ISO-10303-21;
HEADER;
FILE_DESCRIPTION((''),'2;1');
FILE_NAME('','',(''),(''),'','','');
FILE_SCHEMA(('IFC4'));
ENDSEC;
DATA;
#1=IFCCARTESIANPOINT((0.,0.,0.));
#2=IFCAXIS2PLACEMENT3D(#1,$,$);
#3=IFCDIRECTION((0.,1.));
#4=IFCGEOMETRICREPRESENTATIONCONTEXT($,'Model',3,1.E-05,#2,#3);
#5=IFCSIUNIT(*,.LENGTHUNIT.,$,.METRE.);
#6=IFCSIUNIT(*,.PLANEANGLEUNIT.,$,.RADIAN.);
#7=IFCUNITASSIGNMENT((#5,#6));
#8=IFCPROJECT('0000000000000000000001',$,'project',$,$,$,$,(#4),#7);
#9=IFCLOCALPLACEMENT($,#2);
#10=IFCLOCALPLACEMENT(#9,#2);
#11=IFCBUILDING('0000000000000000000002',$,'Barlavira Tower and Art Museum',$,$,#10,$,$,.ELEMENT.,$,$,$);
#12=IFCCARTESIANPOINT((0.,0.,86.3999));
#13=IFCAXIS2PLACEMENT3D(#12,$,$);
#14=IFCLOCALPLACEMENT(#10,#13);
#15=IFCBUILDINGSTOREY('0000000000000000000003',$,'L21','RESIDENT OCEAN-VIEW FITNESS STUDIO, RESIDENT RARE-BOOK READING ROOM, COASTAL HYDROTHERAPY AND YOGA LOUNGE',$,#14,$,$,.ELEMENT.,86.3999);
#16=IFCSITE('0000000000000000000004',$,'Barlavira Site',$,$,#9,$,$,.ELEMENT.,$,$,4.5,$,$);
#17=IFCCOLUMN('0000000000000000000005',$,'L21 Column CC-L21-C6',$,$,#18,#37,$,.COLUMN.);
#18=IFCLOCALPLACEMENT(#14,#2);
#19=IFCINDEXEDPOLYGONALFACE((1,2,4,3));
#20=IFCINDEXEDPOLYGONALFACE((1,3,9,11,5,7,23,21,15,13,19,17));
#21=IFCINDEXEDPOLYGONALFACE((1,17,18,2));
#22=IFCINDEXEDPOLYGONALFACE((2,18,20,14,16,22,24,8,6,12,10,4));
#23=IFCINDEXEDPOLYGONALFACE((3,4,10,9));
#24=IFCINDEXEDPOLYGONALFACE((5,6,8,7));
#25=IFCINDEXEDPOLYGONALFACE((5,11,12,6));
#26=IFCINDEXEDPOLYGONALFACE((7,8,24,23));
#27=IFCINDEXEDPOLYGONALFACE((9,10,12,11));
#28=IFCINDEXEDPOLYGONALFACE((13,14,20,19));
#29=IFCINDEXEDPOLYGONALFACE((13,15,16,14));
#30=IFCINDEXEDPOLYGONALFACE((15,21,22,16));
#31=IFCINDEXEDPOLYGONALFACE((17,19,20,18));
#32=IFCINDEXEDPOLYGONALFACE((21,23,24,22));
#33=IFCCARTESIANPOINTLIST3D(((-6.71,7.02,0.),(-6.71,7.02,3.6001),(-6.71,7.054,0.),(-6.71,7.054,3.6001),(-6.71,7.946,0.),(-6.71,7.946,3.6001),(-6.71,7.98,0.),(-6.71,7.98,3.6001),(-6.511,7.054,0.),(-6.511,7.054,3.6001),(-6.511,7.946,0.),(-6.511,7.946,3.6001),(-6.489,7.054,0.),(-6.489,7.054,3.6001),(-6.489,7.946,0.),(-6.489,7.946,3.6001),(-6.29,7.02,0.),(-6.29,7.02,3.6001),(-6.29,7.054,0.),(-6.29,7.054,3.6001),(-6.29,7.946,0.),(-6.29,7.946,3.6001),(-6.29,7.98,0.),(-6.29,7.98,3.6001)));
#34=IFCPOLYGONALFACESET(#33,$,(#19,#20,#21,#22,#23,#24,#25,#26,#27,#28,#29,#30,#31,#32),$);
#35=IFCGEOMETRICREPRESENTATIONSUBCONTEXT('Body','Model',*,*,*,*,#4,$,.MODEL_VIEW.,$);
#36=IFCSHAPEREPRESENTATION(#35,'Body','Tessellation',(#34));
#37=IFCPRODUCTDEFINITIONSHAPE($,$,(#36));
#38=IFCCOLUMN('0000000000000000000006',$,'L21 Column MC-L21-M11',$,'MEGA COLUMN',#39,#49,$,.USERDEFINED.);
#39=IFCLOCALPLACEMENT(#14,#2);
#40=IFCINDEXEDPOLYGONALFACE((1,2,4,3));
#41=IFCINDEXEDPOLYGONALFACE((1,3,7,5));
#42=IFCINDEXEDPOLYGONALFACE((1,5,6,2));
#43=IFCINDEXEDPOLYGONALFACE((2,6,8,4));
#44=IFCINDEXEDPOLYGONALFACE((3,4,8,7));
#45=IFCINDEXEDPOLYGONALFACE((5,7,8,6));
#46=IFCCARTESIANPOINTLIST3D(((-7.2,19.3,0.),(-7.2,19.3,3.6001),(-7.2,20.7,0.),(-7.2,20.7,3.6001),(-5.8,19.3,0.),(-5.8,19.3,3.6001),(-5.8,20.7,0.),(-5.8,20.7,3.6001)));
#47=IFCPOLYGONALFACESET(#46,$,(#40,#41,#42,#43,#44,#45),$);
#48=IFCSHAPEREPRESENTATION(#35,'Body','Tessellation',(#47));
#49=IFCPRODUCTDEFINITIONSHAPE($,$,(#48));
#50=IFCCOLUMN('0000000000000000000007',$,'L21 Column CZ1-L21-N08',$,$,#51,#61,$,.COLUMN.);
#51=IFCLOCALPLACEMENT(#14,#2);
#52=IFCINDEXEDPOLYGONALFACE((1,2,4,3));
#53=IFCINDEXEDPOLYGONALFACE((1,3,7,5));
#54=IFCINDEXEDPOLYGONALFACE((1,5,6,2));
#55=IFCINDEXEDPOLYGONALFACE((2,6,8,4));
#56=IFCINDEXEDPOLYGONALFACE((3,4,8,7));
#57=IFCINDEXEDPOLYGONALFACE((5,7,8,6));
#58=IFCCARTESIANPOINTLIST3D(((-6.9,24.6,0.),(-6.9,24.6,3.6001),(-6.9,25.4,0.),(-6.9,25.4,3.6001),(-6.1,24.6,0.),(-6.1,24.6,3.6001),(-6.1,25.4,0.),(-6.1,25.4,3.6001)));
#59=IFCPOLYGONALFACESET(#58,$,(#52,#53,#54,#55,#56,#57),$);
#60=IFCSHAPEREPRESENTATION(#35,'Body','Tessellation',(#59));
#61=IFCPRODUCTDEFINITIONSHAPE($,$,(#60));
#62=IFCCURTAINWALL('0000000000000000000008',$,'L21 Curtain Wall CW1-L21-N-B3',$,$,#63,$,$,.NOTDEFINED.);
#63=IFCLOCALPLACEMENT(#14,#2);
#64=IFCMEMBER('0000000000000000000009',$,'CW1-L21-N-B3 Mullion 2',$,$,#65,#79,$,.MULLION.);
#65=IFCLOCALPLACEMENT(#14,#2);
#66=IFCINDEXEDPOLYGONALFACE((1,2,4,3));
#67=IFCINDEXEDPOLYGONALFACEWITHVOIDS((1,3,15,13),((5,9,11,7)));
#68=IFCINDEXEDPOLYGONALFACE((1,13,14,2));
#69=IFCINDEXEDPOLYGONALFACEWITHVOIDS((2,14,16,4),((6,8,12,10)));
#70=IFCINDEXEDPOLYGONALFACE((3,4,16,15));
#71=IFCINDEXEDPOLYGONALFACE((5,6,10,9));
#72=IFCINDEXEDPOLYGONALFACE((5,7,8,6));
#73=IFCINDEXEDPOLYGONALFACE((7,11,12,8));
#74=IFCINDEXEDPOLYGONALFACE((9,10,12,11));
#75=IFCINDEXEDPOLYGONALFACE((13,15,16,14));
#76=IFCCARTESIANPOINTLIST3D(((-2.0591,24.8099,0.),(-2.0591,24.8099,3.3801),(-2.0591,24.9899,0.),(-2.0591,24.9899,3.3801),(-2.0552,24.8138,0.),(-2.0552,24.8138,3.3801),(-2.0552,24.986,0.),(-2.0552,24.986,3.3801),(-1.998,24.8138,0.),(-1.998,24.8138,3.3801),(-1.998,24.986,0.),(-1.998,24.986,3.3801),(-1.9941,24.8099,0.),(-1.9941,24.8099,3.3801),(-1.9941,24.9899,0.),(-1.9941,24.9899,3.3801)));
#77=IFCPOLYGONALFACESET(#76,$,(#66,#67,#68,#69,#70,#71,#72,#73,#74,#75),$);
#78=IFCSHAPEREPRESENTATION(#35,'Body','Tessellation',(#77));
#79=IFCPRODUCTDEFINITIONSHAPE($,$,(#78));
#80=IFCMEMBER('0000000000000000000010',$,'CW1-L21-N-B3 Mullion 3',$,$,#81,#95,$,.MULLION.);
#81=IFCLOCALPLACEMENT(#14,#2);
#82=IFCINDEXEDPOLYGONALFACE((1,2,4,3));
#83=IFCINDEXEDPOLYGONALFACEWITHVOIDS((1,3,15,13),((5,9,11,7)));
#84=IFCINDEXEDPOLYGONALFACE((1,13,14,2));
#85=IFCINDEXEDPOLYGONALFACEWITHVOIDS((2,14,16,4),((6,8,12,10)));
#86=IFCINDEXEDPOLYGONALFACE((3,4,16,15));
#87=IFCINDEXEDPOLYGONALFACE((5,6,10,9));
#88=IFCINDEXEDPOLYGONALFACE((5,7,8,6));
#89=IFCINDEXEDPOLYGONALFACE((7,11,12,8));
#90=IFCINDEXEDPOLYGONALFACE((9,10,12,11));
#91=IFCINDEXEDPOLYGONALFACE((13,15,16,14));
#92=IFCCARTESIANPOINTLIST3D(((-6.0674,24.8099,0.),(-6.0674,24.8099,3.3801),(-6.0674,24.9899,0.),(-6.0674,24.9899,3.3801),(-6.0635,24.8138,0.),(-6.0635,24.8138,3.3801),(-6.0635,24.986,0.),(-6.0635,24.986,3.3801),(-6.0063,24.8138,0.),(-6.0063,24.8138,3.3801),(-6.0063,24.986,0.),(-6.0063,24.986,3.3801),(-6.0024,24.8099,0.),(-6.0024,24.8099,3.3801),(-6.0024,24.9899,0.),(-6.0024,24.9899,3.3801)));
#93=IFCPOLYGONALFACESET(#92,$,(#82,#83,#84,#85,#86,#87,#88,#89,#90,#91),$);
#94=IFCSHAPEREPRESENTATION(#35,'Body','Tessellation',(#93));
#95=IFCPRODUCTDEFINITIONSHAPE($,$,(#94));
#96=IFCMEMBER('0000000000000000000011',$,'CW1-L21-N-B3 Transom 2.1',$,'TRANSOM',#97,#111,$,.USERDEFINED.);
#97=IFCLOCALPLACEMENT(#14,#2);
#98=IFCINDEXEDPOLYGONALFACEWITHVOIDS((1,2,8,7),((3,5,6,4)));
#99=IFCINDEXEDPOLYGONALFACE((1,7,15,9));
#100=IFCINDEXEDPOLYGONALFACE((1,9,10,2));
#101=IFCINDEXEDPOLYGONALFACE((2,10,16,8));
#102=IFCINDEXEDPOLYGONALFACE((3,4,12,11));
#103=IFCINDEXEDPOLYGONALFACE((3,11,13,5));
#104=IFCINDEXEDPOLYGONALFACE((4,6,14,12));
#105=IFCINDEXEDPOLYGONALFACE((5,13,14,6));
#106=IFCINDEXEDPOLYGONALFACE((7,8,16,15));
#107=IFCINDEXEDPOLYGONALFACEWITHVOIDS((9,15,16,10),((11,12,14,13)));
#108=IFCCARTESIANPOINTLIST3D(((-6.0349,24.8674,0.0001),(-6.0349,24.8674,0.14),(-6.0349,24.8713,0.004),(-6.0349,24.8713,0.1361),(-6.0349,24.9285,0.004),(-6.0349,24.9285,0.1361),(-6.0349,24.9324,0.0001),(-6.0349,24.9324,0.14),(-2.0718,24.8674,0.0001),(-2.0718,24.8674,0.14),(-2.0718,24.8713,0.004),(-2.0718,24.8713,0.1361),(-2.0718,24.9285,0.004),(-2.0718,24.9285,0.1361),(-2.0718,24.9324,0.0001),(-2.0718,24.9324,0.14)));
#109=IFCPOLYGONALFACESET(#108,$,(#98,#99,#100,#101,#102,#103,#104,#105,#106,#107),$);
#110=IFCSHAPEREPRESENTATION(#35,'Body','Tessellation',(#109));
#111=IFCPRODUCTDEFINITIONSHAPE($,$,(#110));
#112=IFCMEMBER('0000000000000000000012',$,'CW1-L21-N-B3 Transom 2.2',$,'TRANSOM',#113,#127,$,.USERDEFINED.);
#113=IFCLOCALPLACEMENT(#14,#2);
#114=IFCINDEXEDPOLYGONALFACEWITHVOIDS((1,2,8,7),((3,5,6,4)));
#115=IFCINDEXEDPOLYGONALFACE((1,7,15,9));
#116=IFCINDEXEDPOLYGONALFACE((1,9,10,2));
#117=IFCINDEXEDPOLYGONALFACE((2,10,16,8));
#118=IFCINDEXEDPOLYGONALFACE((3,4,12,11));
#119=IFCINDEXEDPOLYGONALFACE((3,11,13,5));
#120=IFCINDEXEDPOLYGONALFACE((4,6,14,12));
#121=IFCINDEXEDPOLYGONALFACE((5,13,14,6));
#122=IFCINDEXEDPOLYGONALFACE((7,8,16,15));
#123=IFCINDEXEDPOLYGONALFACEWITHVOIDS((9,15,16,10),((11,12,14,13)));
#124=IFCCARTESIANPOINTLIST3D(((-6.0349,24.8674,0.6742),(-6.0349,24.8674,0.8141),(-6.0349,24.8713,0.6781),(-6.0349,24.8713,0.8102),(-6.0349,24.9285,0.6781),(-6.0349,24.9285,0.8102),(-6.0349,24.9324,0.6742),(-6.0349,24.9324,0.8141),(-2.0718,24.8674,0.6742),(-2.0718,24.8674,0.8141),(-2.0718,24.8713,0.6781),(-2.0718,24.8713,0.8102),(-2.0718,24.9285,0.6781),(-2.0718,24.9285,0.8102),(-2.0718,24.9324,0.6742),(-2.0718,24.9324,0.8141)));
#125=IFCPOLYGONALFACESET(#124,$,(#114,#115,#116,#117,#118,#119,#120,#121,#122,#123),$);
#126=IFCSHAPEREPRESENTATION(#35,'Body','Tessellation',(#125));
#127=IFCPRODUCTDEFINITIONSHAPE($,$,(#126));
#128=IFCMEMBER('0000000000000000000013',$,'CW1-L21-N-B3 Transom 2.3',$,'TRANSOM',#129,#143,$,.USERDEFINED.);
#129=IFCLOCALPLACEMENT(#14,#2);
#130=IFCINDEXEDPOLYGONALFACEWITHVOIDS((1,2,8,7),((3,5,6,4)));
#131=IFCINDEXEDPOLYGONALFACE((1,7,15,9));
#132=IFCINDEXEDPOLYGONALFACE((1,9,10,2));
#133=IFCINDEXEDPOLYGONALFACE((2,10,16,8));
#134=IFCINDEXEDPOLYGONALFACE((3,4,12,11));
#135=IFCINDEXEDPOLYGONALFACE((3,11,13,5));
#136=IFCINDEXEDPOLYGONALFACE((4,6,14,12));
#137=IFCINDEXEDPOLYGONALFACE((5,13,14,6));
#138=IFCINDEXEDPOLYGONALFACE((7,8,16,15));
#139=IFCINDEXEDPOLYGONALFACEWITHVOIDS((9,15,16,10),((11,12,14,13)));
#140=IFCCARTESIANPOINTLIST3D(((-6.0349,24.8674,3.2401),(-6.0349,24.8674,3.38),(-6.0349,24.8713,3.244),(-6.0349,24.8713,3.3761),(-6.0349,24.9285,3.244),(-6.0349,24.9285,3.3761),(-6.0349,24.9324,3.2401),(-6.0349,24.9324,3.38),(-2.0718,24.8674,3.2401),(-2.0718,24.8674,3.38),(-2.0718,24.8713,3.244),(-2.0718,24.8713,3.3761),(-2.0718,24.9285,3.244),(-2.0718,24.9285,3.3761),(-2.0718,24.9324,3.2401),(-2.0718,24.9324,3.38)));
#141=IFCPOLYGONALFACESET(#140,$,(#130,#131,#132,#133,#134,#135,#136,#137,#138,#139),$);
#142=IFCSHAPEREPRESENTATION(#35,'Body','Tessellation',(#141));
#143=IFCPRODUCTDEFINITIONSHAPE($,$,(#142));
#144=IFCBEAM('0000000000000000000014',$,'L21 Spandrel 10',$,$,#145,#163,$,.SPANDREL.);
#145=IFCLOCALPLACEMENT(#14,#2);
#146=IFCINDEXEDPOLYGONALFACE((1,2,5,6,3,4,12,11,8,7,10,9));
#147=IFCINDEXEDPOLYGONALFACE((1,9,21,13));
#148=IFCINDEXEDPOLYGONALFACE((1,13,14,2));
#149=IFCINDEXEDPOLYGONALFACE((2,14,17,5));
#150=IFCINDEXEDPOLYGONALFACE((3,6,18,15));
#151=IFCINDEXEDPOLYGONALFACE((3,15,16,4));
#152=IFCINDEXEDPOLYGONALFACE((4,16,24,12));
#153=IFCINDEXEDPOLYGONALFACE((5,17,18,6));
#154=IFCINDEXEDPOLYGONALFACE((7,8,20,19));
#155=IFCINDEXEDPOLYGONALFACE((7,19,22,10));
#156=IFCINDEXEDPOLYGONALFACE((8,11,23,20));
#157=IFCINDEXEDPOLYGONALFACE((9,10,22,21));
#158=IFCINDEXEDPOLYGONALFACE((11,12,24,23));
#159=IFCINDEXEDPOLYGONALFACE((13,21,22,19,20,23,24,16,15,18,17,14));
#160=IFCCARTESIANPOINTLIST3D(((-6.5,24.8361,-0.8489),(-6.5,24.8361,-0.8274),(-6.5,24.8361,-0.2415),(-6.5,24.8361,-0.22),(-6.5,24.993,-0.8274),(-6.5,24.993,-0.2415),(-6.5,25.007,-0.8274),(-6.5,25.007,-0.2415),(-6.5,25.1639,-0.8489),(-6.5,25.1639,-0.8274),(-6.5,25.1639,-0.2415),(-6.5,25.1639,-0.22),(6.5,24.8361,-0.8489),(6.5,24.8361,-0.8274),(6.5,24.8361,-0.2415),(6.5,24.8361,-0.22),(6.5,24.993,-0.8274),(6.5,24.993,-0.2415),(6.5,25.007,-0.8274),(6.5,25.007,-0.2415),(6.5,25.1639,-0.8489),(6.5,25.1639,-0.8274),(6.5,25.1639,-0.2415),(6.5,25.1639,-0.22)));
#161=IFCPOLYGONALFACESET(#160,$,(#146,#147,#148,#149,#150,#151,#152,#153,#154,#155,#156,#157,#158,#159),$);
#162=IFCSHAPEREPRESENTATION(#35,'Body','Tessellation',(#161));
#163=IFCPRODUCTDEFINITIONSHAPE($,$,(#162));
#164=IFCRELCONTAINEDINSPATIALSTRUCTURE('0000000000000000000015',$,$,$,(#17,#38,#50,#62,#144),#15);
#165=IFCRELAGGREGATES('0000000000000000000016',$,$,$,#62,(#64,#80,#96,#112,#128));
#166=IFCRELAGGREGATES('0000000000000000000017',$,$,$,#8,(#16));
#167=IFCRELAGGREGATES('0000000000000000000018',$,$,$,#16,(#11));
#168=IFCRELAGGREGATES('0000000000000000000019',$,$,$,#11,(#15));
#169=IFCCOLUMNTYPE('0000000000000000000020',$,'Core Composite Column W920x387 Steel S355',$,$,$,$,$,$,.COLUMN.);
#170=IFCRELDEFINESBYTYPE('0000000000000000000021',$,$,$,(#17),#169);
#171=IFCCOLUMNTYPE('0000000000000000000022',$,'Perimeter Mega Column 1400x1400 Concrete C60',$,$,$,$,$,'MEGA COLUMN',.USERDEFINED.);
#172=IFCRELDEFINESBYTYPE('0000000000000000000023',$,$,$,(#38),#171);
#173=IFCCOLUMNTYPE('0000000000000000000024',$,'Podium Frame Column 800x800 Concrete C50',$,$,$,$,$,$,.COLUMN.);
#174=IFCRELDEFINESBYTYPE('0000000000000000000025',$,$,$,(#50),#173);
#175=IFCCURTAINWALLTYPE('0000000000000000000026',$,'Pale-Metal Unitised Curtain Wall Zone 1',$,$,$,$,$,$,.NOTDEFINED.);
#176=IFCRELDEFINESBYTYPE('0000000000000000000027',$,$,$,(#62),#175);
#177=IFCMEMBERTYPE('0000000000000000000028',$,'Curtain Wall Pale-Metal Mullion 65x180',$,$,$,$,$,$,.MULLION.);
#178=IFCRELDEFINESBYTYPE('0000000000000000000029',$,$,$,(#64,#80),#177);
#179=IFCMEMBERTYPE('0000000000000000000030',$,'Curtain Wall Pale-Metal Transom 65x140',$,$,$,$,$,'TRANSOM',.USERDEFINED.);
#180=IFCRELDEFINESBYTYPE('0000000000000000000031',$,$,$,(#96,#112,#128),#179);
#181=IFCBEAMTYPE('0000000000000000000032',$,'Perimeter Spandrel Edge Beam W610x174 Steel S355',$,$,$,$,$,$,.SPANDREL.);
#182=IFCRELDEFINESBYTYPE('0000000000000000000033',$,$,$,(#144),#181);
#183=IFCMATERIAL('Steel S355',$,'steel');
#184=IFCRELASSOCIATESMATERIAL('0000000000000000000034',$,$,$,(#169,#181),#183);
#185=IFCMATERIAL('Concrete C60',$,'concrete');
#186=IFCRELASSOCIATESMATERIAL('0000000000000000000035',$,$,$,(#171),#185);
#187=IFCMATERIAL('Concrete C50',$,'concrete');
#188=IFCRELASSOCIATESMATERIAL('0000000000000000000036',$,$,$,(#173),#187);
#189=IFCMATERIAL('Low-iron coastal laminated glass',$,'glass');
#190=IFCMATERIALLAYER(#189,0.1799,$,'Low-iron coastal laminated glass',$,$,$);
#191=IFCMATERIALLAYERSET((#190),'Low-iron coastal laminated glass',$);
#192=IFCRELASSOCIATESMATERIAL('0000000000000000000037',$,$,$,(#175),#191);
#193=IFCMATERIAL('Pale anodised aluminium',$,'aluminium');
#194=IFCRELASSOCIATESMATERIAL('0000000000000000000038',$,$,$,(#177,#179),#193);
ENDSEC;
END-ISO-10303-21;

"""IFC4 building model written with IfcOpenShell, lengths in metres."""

from ifc_helpers import new_model, si_unit, direction, frame, origin, origin_2d, place, context, subcontext, project, spatial, rectangle, hollow_rectangle, i_section, extrude, material, layer, layer_set, material_profile, profile_set, type_object, element, aggregate, save


model = new_model("IFC4")

# Units and contexts
model_context = context("Model", 3, precision=1e-05, world=origin(), true_north=direction((0.0, 1.0)))
body_context = subcontext(model_context, "Body", "Model", "MODEL_VIEW")
ifc_project = project(units=[si_unit("LENGTHUNIT", "METRE"), si_unit("PLANEANGLEUNIT", "RADIAN")], contexts=[model_context])

# Site, building, storey
site_placement = place(None, origin())
site = spatial("IfcSite", under=ifc_project, at=site_placement, Name="Barlavira Site", CompositionType="ELEMENT", RefElevation=4.5)
building_placement = place(site_placement, origin())
building = spatial("IfcBuilding", under=site, at=building_placement, Name="Barlavira Tower and Art Museum", CompositionType="ELEMENT")
storey_placement = place(building_placement, frame((0.0, 0.0, 86.3999)))
storey = spatial("IfcBuildingStorey", under=building, at=storey_placement, Name="L21", Description="RESIDENT OCEAN-VIEW FITNESS STUDIO, RESIDENT RARE-BOOK READING ROOM, COASTAL HYDROTHERAPY AND YOGA LOUNGE", CompositionType="ELEMENT", Elevation=86.3999)

# Columns
ifc_material_1 = material(Name="Steel S355", Category="steel")
ifc_material_profile_1 = material_profile(ifc_material_1, i_section(OverallWidth=0.4199, OverallDepth=0.96, WebThickness=0.022, FlangeThickness=0.0339, at=origin_2d()), Name="W920x387.0")
ifc_profile_set_1 = profile_set([ifc_material_profile_1], Name="Steel S355")
column_type_1 = type_object("IfcColumnType", Name="Core Composite Column W920x387 Steel S355", PredefinedType="COLUMN", material=ifc_profile_set_1)
column_1_placement = place(storey_placement, frame((-6.5, 7.5, 0.0), z_axis=(0.0, 0.0, 1.0), x_axis=(1.0, 0.0, 0.0)))
element("IfcColumn", 1, at=column_1_placement, inside=storey, type_object=column_type_1, Name="L21 Column CC-L21-C6", PredefinedType="COLUMN", context=body_context, shape_type="SweptSolid", body=[
    extrude(i_section(OverallWidth=0.4199, OverallDepth=0.96, WebThickness=0.022, FlangeThickness=0.0339, at=origin_2d()), origin(), (0.0, 0.0, 1.0), 3.6001),
])
ifc_material_2 = material(Name="Concrete C60", Category="concrete")
ifc_material_profile_2 = material_profile(ifc_material_2, rectangle(XDim=1.3999, YDim=1.3999, at=origin_2d()), Name="RC-MCOL 1400x1400")
ifc_profile_set_2 = profile_set([ifc_material_profile_2], Name="Concrete C60")
column_type_2 = type_object("IfcColumnType", Name="Perimeter Mega Column 1400x1400 Concrete C60", ElementType="MEGA COLUMN", PredefinedType="USERDEFINED", material=ifc_profile_set_2)
column_2_placement = place(storey_placement, frame((-6.5, 20.0, 0.0), z_axis=(0.0, 0.0, 1.0), x_axis=(1.0, 0.0, 0.0)))
element("IfcColumn", 2, at=column_2_placement, inside=storey, type_object=column_type_2, Name="L21 Column MC-L21-M11", ObjectType="MEGA COLUMN", PredefinedType="USERDEFINED", context=body_context, shape_type="SweptSolid", body=[
    extrude(rectangle(XDim=1.3999, YDim=1.3999, at=origin_2d()), origin(), (0.0, 0.0, 1.0), 3.6001),
])
ifc_material_3 = material(Name="Concrete C50", Category="concrete")
ifc_material_profile_3 = material_profile(ifc_material_3, rectangle(XDim=0.8, YDim=0.8, at=origin_2d()), Name="RC-COL 800x800")
ifc_profile_set_3 = profile_set([ifc_material_profile_3], Name="Concrete C50")
column_type_3 = type_object("IfcColumnType", Name="Podium Frame Column 800x800 Concrete C50", PredefinedType="COLUMN", material=ifc_profile_set_3)
column_3_placement = place(storey_placement, frame((-6.5, 25.0, 0.0), z_axis=(0.0, 0.0, 1.0), x_axis=(1.0, 0.0, 0.0)))
element("IfcColumn", 3, at=column_3_placement, inside=storey, type_object=column_type_3, Name="L21 Column CZ1-L21-N08", PredefinedType="COLUMN", context=body_context, shape_type="SweptSolid", body=[
    extrude(rectangle(XDim=0.8, YDim=0.8, at=origin_2d()), origin(), (0.0, 0.0, 1.0), 3.6001),
])

# Curtain wall, members
ifc_material_4 = material(Name="Low-iron coastal laminated glass", Category="glass")
ifc_layer_1 = layer(ifc_material_4, 0.1799, Name="Low-iron coastal laminated glass")
ifc_layer_set_1 = layer_set([ifc_layer_1], Name="Low-iron coastal laminated glass")
curtain_wall_type = type_object("IfcCurtainWallType", Name="Pale-Metal Unitised Curtain Wall Zone 1", PredefinedType="NOTDEFINED", material=ifc_layer_set_1)
curtain_wall_placement = place(storey_placement, origin())
curtain_wall = element("IfcCurtainWall", 4, at=curtain_wall_placement, inside=storey, type_object=curtain_wall_type, Name="L21 Curtain Wall CW1-L21-N-B3", PredefinedType="NOTDEFINED")
ifc_material_5 = material(Name="Pale anodised aluminium", Category="aluminium")
ifc_material_profile_4 = material_profile(ifc_material_5, hollow_rectangle(XDim=0.0649, YDim=0.1799, WallThickness=0.0039, at=origin_2d()), Name="ALU-MULL 65x180x4")
ifc_profile_set_4 = profile_set([ifc_material_profile_4], Name="Pale anodised aluminium")
member_type_1 = type_object("IfcMemberType", Name="Curtain Wall Pale-Metal Mullion 65x180", PredefinedType="MULLION", material=ifc_profile_set_4)
member_1_placement = place(storey_placement, frame((-2.0266, 24.8999, 0.0), z_axis=(0.0, 0.0, 1.0), x_axis=(-1.0, 0.0, 0.0)))
member_1 = element("IfcMember", 5, at=member_1_placement, type_object=member_type_1, Name="CW1-L21-N-B3 Mullion 2", PredefinedType="MULLION", context=body_context, shape_type="SweptSolid", body=[
    extrude(hollow_rectangle(XDim=0.0649, YDim=0.1799, WallThickness=0.0039, at=origin_2d()), origin(), (0.0, 0.0, 1.0), 3.3801),
])
member_2_placement = place(storey_placement, frame((-6.0349, 24.8999, 0.0), z_axis=(0.0, 0.0, 1.0), x_axis=(-1.0, 0.0, 0.0)))
member_2 = element("IfcMember", 6, at=member_2_placement, type_object=member_type_1, Name="CW1-L21-N-B3 Mullion 3", PredefinedType="MULLION", context=body_context, shape_type="SweptSolid", body=[
    extrude(hollow_rectangle(XDim=0.0649, YDim=0.1799, WallThickness=0.0039, at=origin_2d()), origin(), (0.0, 0.0, 1.0), 3.3801),
])
ifc_material_profile_5 = material_profile(ifc_material_5, hollow_rectangle(XDim=0.0649, YDim=0.1399, WallThickness=0.0039, at=origin_2d()), Name="ALU-TRAN 65x140x4")
ifc_profile_set_5 = profile_set([ifc_material_profile_5], Name="Pale anodised aluminium")
member_type_2 = type_object("IfcMemberType", Name="Curtain Wall Pale-Metal Transom 65x140", ElementType="TRANSOM", PredefinedType="USERDEFINED", material=ifc_profile_set_5)
member_3_placement = place(storey_placement, frame((-2.0718, 24.8999, 0.0701), z_axis=(-1.0, 0.0, 0.0), x_axis=(0.0, -1.0, 0.0)))
member_3 = element("IfcMember", 7, at=member_3_placement, type_object=member_type_2, Name="CW1-L21-N-B3 Transom 2.1", ObjectType="TRANSOM", PredefinedType="USERDEFINED", context=body_context, shape_type="SweptSolid", body=[
    extrude(hollow_rectangle(XDim=0.0649, YDim=0.1399, WallThickness=0.0039, at=origin_2d()), origin(), (0.0, 0.0, 1.0), 3.9631),
])
member_4_placement = place(storey_placement, frame((-2.0718, 24.8999, 0.7441), z_axis=(-1.0, 0.0, 0.0), x_axis=(0.0, -1.0, 0.0)))
member_4 = element("IfcMember", 8, at=member_4_placement, type_object=member_type_2, Name="CW1-L21-N-B3 Transom 2.2", ObjectType="TRANSOM", PredefinedType="USERDEFINED", context=body_context, shape_type="SweptSolid", body=[
    extrude(hollow_rectangle(XDim=0.0649, YDim=0.1399, WallThickness=0.0039, at=origin_2d()), origin(), (0.0, 0.0, 1.0), 3.9631),
])
member_5_placement = place(storey_placement, frame((-2.0718, 24.8999, 3.3101), z_axis=(-1.0, 0.0, 0.0), x_axis=(0.0, -1.0, 0.0)))
member_5 = element("IfcMember", 9, at=member_5_placement, type_object=member_type_2, Name="CW1-L21-N-B3 Transom 2.3", ObjectType="TRANSOM", PredefinedType="USERDEFINED", context=body_context, shape_type="SweptSolid", body=[
    extrude(hollow_rectangle(XDim=0.0649, YDim=0.1399, WallThickness=0.0039, at=origin_2d()), origin(), (0.0, 0.0, 1.0), 3.9631),
])

# Beam
ifc_material_profile_6 = material_profile(ifc_material_1, i_section(OverallWidth=0.3279, OverallDepth=0.6289, WebThickness=0.0139, FlangeThickness=0.0215, at=origin_2d()), Name="W610x174.0")
ifc_profile_set_6 = profile_set([ifc_material_profile_6], Name="Steel S355")
beam_type_1 = type_object("IfcBeamType", Name="Perimeter Spandrel Edge Beam W610x174 Steel S355", PredefinedType="SPANDREL", material=ifc_profile_set_6)
beam_1_placement = place(storey_placement, frame((-6.5, 25.0, -0.5344), z_axis=(1.0, 0.0, 0.0), x_axis=(0.0, 1.0, 0.0)))
element("IfcBeam", 10, at=beam_1_placement, inside=storey, type_object=beam_type_1, Name="L21 Spandrel 10", PredefinedType="SPANDREL", context=body_context, shape_type="SweptSolid", body=[
    extrude(i_section(OverallWidth=0.3279, OverallDepth=0.6289, WebThickness=0.0139, FlangeThickness=0.0215, at=origin_2d()), origin(), (0.0, 0.0, 1.0), 13.0),
])

aggregate(curtain_wall, [member_1, member_2, member_3, member_4, member_5])

save(model, "model.ifc")
